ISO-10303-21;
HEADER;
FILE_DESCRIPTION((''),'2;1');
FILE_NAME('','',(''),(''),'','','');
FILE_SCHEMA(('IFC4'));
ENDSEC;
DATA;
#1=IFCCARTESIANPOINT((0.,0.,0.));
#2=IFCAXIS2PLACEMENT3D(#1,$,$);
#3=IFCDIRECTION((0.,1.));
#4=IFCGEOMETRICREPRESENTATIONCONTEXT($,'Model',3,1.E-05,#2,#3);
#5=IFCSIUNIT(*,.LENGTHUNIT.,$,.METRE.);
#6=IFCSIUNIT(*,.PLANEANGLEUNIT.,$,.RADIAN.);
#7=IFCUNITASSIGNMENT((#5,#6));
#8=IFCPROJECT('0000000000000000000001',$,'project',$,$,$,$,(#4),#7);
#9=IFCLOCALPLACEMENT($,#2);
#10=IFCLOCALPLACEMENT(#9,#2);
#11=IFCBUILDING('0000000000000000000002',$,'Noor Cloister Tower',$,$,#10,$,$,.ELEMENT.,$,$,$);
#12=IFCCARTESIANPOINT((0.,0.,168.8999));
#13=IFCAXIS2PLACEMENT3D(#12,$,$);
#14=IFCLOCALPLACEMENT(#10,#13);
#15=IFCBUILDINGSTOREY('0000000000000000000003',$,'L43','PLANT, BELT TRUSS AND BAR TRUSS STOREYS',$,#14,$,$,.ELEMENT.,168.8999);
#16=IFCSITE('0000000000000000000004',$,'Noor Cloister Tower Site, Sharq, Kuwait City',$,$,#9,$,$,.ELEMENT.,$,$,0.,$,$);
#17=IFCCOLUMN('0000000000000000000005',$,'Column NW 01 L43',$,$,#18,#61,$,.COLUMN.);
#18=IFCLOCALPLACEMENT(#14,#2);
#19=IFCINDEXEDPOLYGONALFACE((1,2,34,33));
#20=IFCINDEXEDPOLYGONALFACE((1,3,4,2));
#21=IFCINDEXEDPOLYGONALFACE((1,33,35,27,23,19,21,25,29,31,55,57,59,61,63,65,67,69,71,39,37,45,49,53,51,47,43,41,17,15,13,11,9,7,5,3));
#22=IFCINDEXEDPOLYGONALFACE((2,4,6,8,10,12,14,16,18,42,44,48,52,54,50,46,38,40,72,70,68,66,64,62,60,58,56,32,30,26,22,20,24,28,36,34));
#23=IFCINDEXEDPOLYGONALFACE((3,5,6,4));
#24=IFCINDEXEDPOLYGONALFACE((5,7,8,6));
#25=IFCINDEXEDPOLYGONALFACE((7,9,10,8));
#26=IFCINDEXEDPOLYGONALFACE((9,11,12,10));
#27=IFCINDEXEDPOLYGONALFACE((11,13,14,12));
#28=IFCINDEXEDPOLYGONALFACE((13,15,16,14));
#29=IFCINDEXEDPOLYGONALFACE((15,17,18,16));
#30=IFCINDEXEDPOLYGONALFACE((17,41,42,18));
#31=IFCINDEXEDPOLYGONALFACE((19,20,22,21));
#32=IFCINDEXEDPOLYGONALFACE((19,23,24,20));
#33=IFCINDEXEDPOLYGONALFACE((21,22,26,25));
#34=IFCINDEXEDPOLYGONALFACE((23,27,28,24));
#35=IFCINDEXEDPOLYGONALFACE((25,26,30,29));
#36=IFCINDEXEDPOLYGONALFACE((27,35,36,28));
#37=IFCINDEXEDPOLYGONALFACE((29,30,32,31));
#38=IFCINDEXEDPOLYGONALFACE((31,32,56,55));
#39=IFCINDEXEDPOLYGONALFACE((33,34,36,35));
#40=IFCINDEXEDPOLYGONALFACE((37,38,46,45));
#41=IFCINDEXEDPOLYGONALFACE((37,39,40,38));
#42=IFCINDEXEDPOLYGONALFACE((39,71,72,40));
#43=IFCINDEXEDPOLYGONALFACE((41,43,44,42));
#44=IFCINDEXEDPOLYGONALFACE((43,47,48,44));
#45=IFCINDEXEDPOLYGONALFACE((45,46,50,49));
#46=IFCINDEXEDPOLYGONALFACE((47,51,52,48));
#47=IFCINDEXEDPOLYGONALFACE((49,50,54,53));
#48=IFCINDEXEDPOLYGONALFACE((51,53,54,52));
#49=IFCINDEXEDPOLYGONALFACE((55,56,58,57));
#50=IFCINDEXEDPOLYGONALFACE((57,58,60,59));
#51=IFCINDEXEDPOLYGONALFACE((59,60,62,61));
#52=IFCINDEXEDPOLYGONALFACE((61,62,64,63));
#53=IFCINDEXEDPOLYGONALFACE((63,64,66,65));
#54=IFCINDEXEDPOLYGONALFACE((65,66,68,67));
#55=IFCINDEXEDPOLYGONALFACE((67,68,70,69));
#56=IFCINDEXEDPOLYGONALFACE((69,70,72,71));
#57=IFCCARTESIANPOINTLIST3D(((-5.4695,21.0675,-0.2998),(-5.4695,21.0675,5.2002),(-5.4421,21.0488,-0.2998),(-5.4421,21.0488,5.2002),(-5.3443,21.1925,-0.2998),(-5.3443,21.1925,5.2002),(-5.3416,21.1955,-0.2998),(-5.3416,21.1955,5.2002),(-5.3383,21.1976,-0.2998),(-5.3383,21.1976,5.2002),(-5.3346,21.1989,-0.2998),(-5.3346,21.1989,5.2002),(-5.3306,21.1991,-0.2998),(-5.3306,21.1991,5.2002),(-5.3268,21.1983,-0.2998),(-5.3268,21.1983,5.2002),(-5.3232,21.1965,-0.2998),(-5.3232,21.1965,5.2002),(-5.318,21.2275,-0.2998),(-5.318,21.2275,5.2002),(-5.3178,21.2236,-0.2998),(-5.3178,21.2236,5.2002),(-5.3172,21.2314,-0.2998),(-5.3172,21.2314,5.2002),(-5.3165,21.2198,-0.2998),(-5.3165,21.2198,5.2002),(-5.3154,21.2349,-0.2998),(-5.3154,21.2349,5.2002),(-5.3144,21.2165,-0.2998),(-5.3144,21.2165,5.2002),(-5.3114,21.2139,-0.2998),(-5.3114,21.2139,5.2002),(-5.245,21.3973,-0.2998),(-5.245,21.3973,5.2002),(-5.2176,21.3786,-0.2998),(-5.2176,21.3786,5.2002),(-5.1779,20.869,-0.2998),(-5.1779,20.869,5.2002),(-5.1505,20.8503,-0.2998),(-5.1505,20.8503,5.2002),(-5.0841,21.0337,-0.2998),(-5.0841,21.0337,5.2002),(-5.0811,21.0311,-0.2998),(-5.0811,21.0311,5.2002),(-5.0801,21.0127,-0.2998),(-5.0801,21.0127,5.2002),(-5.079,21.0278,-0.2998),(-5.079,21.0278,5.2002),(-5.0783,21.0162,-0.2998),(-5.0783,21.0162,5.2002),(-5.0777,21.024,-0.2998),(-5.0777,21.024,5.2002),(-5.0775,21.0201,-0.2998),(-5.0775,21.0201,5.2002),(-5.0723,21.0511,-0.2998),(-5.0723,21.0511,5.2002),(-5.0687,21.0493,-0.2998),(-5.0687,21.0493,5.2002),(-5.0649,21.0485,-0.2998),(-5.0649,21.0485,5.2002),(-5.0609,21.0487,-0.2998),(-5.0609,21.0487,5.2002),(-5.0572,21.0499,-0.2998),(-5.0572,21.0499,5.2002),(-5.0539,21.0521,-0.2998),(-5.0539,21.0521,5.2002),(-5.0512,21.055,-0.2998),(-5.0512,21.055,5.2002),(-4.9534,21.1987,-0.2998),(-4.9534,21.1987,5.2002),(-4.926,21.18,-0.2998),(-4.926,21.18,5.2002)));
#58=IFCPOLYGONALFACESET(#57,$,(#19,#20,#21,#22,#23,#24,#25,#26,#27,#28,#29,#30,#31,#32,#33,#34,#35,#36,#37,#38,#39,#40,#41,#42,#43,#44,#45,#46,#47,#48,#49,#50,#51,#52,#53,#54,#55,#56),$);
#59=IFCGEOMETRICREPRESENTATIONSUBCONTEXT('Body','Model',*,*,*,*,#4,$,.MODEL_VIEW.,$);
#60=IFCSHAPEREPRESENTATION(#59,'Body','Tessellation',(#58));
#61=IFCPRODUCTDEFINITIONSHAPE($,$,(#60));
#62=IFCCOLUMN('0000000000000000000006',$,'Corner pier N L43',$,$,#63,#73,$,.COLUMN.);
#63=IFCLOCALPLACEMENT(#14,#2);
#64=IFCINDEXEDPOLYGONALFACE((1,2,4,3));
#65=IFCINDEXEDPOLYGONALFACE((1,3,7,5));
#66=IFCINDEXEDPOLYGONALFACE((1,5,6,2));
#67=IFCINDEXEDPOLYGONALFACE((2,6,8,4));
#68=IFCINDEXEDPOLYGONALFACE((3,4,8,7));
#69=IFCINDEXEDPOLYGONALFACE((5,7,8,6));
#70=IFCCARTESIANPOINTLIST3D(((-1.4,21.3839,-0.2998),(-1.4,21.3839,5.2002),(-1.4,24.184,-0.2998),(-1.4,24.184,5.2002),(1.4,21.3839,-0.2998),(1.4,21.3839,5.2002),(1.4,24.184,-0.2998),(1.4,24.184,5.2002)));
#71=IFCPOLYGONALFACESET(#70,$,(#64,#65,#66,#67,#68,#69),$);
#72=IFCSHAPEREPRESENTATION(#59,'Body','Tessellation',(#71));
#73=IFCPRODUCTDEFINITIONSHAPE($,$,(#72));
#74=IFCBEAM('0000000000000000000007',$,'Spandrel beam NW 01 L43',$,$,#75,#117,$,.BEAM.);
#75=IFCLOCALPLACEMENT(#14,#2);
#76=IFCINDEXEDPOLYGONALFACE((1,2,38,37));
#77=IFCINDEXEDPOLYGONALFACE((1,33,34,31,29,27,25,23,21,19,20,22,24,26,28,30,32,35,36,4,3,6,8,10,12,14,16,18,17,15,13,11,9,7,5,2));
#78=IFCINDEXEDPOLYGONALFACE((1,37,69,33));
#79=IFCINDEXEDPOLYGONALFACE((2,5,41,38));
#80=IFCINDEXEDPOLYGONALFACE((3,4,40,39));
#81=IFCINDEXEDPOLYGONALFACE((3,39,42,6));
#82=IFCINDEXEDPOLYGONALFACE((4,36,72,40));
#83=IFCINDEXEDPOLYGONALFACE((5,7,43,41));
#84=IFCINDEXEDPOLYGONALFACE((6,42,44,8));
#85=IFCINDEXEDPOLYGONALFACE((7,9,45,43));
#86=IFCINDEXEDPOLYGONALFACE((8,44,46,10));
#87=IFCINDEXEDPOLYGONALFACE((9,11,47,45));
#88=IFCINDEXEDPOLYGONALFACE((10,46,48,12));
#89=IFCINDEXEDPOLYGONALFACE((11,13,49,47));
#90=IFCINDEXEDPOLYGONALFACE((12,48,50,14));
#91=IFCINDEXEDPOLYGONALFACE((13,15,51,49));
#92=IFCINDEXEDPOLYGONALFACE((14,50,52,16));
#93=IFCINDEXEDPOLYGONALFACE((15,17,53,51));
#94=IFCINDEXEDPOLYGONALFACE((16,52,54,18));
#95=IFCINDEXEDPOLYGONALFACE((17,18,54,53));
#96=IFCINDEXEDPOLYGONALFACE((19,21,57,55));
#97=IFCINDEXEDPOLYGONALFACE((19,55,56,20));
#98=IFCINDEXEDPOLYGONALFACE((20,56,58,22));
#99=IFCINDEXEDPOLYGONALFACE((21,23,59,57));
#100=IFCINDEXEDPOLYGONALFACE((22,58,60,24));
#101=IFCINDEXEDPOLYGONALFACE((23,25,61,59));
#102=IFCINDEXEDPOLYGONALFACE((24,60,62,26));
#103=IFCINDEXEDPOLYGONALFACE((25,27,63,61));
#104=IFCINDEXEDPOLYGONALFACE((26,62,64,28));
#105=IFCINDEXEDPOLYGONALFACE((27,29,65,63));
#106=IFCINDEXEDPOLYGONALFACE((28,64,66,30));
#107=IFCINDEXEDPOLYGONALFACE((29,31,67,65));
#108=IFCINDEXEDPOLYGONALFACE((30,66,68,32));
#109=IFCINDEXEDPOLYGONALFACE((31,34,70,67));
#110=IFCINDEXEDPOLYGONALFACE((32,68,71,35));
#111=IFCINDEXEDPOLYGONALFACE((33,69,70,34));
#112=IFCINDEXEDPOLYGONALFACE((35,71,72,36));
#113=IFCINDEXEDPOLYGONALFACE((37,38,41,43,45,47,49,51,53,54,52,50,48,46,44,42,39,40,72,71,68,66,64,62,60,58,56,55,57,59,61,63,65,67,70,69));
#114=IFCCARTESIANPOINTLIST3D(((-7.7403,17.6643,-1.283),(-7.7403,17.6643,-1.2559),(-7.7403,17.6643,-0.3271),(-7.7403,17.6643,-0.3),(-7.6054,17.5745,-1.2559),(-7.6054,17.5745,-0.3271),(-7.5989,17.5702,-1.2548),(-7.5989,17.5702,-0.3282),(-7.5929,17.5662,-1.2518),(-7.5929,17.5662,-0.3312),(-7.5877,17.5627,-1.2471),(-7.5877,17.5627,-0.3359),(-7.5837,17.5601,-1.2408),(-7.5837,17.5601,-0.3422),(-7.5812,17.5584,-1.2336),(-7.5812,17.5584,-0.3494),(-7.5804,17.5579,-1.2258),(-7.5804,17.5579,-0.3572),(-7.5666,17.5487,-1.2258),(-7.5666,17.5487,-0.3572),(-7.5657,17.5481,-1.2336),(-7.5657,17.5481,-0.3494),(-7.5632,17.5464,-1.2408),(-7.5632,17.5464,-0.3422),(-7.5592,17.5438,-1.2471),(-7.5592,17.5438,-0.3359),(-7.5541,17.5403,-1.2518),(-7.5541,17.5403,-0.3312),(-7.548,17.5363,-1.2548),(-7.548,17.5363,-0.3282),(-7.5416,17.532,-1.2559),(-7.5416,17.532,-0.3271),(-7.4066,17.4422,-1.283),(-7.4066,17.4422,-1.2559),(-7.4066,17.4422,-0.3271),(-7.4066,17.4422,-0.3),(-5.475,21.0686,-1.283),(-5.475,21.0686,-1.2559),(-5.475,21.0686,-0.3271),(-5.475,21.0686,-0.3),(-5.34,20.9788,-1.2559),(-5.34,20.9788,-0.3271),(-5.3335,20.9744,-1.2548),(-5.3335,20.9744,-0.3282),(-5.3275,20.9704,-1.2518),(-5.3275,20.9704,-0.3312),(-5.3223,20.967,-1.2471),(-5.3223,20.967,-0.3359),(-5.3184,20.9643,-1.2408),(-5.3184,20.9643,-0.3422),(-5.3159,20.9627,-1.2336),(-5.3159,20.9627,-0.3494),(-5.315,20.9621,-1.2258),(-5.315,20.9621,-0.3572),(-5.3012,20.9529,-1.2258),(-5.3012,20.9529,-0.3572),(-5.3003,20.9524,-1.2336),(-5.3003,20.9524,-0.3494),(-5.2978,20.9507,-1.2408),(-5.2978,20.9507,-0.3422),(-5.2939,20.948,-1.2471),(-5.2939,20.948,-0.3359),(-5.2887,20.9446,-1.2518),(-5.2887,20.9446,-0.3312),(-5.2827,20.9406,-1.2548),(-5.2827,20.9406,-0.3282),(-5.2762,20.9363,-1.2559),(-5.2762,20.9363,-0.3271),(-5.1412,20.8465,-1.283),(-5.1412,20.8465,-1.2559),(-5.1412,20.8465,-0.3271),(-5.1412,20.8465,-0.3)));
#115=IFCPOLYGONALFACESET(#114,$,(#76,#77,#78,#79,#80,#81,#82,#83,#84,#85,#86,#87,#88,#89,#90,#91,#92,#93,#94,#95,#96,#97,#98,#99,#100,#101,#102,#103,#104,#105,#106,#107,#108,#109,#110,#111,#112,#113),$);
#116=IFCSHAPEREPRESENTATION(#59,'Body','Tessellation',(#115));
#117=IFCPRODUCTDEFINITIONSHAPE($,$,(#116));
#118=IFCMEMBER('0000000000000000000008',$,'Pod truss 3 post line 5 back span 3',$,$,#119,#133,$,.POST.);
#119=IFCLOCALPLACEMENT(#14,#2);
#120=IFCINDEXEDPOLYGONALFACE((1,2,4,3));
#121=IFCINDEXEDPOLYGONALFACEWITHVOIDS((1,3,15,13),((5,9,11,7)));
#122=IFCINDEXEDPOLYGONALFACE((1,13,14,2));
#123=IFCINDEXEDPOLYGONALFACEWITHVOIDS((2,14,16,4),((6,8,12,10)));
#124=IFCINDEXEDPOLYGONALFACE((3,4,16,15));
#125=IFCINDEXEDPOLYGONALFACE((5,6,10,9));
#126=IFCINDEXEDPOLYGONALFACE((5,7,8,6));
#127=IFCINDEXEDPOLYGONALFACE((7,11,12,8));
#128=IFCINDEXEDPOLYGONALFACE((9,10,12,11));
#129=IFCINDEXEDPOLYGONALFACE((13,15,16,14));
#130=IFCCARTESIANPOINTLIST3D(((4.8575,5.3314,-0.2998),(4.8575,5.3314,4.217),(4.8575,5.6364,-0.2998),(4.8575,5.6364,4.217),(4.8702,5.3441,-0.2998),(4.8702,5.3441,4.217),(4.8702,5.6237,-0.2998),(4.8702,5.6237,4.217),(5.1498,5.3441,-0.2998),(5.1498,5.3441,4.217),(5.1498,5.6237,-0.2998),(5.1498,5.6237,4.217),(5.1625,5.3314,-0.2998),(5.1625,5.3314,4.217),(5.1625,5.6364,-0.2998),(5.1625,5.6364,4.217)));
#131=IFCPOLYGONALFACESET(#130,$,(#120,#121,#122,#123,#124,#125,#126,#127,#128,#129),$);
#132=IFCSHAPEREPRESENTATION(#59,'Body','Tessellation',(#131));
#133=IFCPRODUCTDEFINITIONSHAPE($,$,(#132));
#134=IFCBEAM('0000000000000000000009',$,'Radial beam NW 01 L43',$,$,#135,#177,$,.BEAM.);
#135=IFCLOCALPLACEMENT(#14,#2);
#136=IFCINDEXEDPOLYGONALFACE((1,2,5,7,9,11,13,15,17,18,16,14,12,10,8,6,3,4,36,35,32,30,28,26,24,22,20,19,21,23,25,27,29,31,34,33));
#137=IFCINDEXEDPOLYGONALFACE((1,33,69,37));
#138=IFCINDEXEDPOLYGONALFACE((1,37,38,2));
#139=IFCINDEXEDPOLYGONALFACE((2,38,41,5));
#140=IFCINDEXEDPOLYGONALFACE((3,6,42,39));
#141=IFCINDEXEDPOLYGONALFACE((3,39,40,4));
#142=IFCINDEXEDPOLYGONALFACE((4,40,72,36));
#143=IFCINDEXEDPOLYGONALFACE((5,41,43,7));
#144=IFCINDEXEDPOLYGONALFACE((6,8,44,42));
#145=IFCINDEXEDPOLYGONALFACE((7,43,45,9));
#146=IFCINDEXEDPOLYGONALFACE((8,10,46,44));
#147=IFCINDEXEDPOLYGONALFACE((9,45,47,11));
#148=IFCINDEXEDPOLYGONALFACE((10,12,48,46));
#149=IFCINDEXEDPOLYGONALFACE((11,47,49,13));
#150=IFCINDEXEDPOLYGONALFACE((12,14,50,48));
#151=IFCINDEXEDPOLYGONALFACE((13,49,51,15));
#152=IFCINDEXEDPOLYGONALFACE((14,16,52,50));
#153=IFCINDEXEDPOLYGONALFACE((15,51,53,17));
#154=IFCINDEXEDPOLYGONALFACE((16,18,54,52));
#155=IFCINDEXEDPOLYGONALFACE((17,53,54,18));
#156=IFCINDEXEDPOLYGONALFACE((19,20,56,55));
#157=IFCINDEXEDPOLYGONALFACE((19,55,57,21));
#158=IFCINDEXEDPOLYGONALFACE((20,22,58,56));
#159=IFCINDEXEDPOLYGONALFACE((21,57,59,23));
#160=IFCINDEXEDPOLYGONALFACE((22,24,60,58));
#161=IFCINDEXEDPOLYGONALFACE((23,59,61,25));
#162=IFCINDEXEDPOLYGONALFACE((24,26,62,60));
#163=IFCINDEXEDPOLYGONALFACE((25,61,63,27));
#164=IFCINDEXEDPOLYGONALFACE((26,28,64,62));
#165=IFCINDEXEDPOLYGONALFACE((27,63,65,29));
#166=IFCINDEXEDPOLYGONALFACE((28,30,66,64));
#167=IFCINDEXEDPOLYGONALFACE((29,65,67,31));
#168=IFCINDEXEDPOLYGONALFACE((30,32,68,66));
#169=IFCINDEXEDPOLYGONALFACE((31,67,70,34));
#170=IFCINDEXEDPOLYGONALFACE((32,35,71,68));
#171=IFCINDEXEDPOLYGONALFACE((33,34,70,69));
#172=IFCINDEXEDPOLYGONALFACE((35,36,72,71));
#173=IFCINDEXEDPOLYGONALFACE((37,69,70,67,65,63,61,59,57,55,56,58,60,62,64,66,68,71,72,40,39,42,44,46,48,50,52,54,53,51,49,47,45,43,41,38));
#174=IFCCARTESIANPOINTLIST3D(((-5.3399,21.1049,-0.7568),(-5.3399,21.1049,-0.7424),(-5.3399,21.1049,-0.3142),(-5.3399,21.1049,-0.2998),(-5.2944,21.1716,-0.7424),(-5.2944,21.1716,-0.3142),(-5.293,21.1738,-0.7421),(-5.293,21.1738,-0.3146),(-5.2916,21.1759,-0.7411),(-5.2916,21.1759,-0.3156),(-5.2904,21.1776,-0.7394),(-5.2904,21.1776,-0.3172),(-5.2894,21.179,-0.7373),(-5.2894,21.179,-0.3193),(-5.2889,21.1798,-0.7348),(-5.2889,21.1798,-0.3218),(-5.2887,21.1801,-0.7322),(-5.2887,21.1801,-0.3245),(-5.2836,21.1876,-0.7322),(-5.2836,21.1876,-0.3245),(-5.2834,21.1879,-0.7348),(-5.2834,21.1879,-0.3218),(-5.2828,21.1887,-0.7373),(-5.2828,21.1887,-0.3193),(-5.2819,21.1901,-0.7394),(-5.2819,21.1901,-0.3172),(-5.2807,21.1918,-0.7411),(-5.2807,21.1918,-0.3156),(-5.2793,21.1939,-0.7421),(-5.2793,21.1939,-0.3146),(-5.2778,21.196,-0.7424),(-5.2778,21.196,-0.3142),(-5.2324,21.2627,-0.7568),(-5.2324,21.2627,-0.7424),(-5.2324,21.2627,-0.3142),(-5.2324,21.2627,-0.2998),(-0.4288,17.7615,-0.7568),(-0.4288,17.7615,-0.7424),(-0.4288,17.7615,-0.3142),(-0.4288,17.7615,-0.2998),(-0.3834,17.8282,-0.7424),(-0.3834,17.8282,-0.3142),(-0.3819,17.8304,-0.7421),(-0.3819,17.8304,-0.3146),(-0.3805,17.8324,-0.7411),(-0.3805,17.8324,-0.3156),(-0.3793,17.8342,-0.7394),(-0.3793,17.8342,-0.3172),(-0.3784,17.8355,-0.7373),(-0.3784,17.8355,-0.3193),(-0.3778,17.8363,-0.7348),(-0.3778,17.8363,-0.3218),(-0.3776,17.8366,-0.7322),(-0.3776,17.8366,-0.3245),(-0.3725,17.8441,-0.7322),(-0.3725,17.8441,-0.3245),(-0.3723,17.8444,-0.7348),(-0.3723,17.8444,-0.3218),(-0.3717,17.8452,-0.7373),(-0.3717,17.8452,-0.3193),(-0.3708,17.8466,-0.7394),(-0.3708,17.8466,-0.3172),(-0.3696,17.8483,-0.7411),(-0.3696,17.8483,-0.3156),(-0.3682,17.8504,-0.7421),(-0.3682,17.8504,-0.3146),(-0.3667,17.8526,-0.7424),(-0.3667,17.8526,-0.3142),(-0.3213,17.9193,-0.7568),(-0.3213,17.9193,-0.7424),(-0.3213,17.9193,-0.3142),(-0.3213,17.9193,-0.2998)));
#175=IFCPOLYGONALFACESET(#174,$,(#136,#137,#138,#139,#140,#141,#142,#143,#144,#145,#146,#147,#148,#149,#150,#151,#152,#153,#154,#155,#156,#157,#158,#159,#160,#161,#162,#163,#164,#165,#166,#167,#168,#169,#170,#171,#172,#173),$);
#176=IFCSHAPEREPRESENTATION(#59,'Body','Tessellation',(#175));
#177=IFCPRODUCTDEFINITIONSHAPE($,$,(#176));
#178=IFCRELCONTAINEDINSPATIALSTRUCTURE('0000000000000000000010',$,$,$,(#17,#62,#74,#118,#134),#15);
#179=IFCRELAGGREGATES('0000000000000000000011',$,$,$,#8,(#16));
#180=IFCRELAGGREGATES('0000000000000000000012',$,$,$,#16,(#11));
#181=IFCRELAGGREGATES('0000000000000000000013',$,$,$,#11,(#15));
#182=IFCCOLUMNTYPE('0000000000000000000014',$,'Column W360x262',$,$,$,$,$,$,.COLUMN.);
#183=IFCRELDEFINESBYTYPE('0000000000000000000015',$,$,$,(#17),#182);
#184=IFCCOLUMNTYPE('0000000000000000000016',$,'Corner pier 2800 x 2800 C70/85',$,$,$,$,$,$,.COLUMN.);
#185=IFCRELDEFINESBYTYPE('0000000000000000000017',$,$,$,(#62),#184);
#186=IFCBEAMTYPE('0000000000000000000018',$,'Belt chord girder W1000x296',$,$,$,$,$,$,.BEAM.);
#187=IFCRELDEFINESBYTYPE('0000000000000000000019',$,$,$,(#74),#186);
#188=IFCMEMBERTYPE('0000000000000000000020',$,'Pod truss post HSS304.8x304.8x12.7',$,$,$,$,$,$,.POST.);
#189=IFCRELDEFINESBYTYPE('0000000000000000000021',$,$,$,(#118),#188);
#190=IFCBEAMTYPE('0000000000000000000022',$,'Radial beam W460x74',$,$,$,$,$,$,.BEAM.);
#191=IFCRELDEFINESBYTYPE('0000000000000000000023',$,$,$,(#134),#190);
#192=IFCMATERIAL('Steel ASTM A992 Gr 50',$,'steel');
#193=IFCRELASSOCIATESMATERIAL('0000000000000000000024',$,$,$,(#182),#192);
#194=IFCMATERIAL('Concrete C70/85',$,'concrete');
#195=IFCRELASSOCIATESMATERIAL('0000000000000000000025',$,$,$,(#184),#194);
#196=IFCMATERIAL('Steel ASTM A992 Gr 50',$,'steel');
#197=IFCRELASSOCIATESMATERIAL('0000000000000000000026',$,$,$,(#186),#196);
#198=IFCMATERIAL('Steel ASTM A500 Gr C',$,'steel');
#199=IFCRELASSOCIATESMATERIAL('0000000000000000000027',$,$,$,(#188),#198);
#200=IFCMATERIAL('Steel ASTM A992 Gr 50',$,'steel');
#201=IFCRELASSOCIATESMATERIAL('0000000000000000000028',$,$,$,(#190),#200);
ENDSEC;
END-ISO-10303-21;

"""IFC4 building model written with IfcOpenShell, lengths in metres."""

from ifc_helpers import new_model, si_unit, direction, frame, origin, origin_2d, place, context, subcontext, project, spatial, rectangle, hollow_rectangle, i_section, extrude, material, material_profile, profile_set, type_object, element, save


model = new_model("IFC4")

# Units and contexts
model_context = context("Model", 3, precision=1e-05, world=origin(), true_north=direction((0.0, 1.0)))
body_context = subcontext(model_context, "Body", "Model", "MODEL_VIEW")
ifc_project = project(units=[si_unit("LENGTHUNIT", "METRE"), si_unit("PLANEANGLEUNIT", "RADIAN")], contexts=[model_context])

# Site, building, storey
site_placement = place(None, origin())
site = spatial("IfcSite", under=ifc_project, at=site_placement, Name="Noor Cloister Tower Site, Sharq, Kuwait City", CompositionType="ELEMENT", RefElevation=0.0)
building_placement = place(site_placement, origin())
building = spatial("IfcBuilding", under=site, at=building_placement, Name="Noor Cloister Tower", CompositionType="ELEMENT")
storey_placement = place(building_placement, frame((0.0, 0.0, 168.8999)))
storey = spatial("IfcBuildingStorey", under=building, at=storey_placement, Name="L43", Description="PLANT, BELT TRUSS AND BAR TRUSS STOREYS", CompositionType="ELEMENT", Elevation=168.8999)

# Columns
ifc_material_1 = material(Name="Steel ASTM A992 Gr 50", Category="steel")
ifc_material_profile_1 = material_profile(ifc_material_1, i_section(OverallWidth=0.3989, OverallDepth=0.386, WebThickness=0.021, FlangeThickness=0.0332, FilletRadius=0.0151, at=origin_2d()), Name="W360x262")
ifc_profile_set_1 = profile_set([ifc_material_profile_1], Name="Steel ASTM A992 Gr 50")
column_type_1 = type_object("IfcColumnType", Name="Column W360x262", PredefinedType="COLUMN", material=ifc_profile_set_1)
column_1_placement = place(storey_placement, frame((-5.1978, 21.1238, -0.2998), z_axis=(0.0, 0.0, 1.0), x_axis=(-0.562771, -0.826613, 0.0)))
element("IfcColumn", 1, at=column_1_placement, inside=storey, type_object=column_type_1, Name="Column NW 01 L43", PredefinedType="COLUMN", context=body_context, shape_type="SweptSolid", body=[
    extrude(i_section(OverallWidth=0.3989, OverallDepth=0.386, WebThickness=0.021, FlangeThickness=0.0332, FilletRadius=0.0151, at=origin_2d()), origin(), (0.0, 0.0, 1.0), 5.5),
])
ifc_material_2 = material(Name="Concrete C70/85", Category="concrete")
ifc_material_profile_2 = material_profile(ifc_material_2, rectangle(XDim=2.8, YDim=2.8, at=origin_2d()), Name="RC 2800x2800")
ifc_profile_set_2 = profile_set([ifc_material_profile_2], Name="Concrete C70/85")
column_type_2 = type_object("IfcColumnType", Name="Corner pier 2800 x 2800 C70/85", PredefinedType="COLUMN", material=ifc_profile_set_2)
column_2_placement = place(storey_placement, frame((0.0, 22.7839, -0.2998), z_axis=(0.0, 0.0, 1.0), x_axis=(0.0, 1.0, 0.0)))
element("IfcColumn", 2, at=column_2_placement, inside=storey, type_object=column_type_2, Name="Corner pier N L43", PredefinedType="COLUMN", context=body_context, shape_type="SweptSolid", body=[
    extrude(rectangle(XDim=2.8, YDim=2.8, at=origin_2d()), origin(), (0.0, 0.0, 1.0), 5.5),
])

# Beam
ifc_material_3 = material(Name="Steel ASTM A992 Gr 50", Category="steel")
ifc_material_profile_3 = material_profile(ifc_material_3, i_section(OverallWidth=0.4009, OverallDepth=0.9829, WebThickness=0.0166, FlangeThickness=0.0271, FilletRadius=0.03, at=origin_2d()), Name="W1000x296")
ifc_profile_set_3 = profile_set([ifc_material_profile_3], Name="Steel ASTM A992 Gr 50")
beam_type_1 = type_object("IfcBeamType", Name="Belt chord girder W1000x296", PredefinedType="BEAM", material=ifc_profile_set_3)
beam_1_placement = place(storey_placement, frame((-5.3081, 20.9575, -0.7915), z_axis=(-0.553997, -0.832518, 0.0), x_axis=(0.832518, -0.553997, 0.0)))
element("IfcBeam", 3, at=beam_1_placement, inside=storey, type_object=beam_type_1, Name="Spandrel beam NW 01 L43", PredefinedType="BEAM", context=body_context, shape_type="SweptSolid", body=[
    extrude(i_section(OverallWidth=0.4009, OverallDepth=0.9829, WebThickness=0.0166, FlangeThickness=0.0271, FilletRadius=0.03, at=origin_2d()), origin(), (0.0, 0.0, 1.0), 4.0891),
])

# Member
ifc_material_4 = material(Name="Steel ASTM A500 Gr C", Category="steel")
ifc_material_profile_4 = material_profile(ifc_material_4, hollow_rectangle(XDim=0.3049, YDim=0.3049, WallThickness=0.0127, at=origin_2d()), Name="HSS304.8x304.8x12.7")
ifc_profile_set_4 = profile_set([ifc_material_profile_4], Name="Steel ASTM A500 Gr C")
member_type = type_object("IfcMemberType", Name="Pod truss post HSS304.8x304.8x12.7", PredefinedType="POST", material=ifc_profile_set_4)
member_placement = place(storey_placement, frame((5.01, 5.4839, -0.2998), z_axis=(0.0, 0.0, 1.0), x_axis=(1.0, 0.0, 0.0)))
element("IfcMember", 4, at=member_placement, inside=storey, type_object=member_type, Name="Pod truss 3 post line 5 back span 3", PredefinedType="POST", context=body_context, shape_type="SweptSolid", body=[
    extrude(hollow_rectangle(XDim=0.3049, YDim=0.3049, WallThickness=0.0127, at=origin_2d()), origin(), (0.0, 0.0, 1.0), 4.5168),
])

# Beam
ifc_material_5 = material(Name="Steel ASTM A992 Gr 50", Category="steel")
ifc_material_profile_5 = material_profile(ifc_material_5, i_section(OverallWidth=0.1909, OverallDepth=0.457, WebThickness=0.009, FlangeThickness=0.0144, FilletRadius=0.0103, at=origin_2d()), Name="W460x74")
ifc_profile_set_5 = profile_set([ifc_material_profile_5], Name="Steel ASTM A992 Gr 50")
beam_type_2 = type_object("IfcBeamType", Name="Radial beam W460x74", PredefinedType="BEAM", material=ifc_profile_set_5)
beam_2_placement = place(storey_placement, frame((-5.2861, 21.1838, -0.5283), z_axis=(0.826618, -0.562763, 0.0), x_axis=(0.562763, 0.826618, 0.0)))
element("IfcBeam", 5, at=beam_2_placement, inside=storey, type_object=beam_type_2, Name="Radial beam NW 01 L43", PredefinedType="BEAM", context=body_context, shape_type="SweptSolid", body=[
    extrude(i_section(OverallWidth=0.1909, OverallDepth=0.457, WebThickness=0.009, FlangeThickness=0.0144, FilletRadius=0.0103, at=origin_2d()), origin(), (0.0, 0.0, 1.0), 5.9412),
])

save(model, "model.ifc")
